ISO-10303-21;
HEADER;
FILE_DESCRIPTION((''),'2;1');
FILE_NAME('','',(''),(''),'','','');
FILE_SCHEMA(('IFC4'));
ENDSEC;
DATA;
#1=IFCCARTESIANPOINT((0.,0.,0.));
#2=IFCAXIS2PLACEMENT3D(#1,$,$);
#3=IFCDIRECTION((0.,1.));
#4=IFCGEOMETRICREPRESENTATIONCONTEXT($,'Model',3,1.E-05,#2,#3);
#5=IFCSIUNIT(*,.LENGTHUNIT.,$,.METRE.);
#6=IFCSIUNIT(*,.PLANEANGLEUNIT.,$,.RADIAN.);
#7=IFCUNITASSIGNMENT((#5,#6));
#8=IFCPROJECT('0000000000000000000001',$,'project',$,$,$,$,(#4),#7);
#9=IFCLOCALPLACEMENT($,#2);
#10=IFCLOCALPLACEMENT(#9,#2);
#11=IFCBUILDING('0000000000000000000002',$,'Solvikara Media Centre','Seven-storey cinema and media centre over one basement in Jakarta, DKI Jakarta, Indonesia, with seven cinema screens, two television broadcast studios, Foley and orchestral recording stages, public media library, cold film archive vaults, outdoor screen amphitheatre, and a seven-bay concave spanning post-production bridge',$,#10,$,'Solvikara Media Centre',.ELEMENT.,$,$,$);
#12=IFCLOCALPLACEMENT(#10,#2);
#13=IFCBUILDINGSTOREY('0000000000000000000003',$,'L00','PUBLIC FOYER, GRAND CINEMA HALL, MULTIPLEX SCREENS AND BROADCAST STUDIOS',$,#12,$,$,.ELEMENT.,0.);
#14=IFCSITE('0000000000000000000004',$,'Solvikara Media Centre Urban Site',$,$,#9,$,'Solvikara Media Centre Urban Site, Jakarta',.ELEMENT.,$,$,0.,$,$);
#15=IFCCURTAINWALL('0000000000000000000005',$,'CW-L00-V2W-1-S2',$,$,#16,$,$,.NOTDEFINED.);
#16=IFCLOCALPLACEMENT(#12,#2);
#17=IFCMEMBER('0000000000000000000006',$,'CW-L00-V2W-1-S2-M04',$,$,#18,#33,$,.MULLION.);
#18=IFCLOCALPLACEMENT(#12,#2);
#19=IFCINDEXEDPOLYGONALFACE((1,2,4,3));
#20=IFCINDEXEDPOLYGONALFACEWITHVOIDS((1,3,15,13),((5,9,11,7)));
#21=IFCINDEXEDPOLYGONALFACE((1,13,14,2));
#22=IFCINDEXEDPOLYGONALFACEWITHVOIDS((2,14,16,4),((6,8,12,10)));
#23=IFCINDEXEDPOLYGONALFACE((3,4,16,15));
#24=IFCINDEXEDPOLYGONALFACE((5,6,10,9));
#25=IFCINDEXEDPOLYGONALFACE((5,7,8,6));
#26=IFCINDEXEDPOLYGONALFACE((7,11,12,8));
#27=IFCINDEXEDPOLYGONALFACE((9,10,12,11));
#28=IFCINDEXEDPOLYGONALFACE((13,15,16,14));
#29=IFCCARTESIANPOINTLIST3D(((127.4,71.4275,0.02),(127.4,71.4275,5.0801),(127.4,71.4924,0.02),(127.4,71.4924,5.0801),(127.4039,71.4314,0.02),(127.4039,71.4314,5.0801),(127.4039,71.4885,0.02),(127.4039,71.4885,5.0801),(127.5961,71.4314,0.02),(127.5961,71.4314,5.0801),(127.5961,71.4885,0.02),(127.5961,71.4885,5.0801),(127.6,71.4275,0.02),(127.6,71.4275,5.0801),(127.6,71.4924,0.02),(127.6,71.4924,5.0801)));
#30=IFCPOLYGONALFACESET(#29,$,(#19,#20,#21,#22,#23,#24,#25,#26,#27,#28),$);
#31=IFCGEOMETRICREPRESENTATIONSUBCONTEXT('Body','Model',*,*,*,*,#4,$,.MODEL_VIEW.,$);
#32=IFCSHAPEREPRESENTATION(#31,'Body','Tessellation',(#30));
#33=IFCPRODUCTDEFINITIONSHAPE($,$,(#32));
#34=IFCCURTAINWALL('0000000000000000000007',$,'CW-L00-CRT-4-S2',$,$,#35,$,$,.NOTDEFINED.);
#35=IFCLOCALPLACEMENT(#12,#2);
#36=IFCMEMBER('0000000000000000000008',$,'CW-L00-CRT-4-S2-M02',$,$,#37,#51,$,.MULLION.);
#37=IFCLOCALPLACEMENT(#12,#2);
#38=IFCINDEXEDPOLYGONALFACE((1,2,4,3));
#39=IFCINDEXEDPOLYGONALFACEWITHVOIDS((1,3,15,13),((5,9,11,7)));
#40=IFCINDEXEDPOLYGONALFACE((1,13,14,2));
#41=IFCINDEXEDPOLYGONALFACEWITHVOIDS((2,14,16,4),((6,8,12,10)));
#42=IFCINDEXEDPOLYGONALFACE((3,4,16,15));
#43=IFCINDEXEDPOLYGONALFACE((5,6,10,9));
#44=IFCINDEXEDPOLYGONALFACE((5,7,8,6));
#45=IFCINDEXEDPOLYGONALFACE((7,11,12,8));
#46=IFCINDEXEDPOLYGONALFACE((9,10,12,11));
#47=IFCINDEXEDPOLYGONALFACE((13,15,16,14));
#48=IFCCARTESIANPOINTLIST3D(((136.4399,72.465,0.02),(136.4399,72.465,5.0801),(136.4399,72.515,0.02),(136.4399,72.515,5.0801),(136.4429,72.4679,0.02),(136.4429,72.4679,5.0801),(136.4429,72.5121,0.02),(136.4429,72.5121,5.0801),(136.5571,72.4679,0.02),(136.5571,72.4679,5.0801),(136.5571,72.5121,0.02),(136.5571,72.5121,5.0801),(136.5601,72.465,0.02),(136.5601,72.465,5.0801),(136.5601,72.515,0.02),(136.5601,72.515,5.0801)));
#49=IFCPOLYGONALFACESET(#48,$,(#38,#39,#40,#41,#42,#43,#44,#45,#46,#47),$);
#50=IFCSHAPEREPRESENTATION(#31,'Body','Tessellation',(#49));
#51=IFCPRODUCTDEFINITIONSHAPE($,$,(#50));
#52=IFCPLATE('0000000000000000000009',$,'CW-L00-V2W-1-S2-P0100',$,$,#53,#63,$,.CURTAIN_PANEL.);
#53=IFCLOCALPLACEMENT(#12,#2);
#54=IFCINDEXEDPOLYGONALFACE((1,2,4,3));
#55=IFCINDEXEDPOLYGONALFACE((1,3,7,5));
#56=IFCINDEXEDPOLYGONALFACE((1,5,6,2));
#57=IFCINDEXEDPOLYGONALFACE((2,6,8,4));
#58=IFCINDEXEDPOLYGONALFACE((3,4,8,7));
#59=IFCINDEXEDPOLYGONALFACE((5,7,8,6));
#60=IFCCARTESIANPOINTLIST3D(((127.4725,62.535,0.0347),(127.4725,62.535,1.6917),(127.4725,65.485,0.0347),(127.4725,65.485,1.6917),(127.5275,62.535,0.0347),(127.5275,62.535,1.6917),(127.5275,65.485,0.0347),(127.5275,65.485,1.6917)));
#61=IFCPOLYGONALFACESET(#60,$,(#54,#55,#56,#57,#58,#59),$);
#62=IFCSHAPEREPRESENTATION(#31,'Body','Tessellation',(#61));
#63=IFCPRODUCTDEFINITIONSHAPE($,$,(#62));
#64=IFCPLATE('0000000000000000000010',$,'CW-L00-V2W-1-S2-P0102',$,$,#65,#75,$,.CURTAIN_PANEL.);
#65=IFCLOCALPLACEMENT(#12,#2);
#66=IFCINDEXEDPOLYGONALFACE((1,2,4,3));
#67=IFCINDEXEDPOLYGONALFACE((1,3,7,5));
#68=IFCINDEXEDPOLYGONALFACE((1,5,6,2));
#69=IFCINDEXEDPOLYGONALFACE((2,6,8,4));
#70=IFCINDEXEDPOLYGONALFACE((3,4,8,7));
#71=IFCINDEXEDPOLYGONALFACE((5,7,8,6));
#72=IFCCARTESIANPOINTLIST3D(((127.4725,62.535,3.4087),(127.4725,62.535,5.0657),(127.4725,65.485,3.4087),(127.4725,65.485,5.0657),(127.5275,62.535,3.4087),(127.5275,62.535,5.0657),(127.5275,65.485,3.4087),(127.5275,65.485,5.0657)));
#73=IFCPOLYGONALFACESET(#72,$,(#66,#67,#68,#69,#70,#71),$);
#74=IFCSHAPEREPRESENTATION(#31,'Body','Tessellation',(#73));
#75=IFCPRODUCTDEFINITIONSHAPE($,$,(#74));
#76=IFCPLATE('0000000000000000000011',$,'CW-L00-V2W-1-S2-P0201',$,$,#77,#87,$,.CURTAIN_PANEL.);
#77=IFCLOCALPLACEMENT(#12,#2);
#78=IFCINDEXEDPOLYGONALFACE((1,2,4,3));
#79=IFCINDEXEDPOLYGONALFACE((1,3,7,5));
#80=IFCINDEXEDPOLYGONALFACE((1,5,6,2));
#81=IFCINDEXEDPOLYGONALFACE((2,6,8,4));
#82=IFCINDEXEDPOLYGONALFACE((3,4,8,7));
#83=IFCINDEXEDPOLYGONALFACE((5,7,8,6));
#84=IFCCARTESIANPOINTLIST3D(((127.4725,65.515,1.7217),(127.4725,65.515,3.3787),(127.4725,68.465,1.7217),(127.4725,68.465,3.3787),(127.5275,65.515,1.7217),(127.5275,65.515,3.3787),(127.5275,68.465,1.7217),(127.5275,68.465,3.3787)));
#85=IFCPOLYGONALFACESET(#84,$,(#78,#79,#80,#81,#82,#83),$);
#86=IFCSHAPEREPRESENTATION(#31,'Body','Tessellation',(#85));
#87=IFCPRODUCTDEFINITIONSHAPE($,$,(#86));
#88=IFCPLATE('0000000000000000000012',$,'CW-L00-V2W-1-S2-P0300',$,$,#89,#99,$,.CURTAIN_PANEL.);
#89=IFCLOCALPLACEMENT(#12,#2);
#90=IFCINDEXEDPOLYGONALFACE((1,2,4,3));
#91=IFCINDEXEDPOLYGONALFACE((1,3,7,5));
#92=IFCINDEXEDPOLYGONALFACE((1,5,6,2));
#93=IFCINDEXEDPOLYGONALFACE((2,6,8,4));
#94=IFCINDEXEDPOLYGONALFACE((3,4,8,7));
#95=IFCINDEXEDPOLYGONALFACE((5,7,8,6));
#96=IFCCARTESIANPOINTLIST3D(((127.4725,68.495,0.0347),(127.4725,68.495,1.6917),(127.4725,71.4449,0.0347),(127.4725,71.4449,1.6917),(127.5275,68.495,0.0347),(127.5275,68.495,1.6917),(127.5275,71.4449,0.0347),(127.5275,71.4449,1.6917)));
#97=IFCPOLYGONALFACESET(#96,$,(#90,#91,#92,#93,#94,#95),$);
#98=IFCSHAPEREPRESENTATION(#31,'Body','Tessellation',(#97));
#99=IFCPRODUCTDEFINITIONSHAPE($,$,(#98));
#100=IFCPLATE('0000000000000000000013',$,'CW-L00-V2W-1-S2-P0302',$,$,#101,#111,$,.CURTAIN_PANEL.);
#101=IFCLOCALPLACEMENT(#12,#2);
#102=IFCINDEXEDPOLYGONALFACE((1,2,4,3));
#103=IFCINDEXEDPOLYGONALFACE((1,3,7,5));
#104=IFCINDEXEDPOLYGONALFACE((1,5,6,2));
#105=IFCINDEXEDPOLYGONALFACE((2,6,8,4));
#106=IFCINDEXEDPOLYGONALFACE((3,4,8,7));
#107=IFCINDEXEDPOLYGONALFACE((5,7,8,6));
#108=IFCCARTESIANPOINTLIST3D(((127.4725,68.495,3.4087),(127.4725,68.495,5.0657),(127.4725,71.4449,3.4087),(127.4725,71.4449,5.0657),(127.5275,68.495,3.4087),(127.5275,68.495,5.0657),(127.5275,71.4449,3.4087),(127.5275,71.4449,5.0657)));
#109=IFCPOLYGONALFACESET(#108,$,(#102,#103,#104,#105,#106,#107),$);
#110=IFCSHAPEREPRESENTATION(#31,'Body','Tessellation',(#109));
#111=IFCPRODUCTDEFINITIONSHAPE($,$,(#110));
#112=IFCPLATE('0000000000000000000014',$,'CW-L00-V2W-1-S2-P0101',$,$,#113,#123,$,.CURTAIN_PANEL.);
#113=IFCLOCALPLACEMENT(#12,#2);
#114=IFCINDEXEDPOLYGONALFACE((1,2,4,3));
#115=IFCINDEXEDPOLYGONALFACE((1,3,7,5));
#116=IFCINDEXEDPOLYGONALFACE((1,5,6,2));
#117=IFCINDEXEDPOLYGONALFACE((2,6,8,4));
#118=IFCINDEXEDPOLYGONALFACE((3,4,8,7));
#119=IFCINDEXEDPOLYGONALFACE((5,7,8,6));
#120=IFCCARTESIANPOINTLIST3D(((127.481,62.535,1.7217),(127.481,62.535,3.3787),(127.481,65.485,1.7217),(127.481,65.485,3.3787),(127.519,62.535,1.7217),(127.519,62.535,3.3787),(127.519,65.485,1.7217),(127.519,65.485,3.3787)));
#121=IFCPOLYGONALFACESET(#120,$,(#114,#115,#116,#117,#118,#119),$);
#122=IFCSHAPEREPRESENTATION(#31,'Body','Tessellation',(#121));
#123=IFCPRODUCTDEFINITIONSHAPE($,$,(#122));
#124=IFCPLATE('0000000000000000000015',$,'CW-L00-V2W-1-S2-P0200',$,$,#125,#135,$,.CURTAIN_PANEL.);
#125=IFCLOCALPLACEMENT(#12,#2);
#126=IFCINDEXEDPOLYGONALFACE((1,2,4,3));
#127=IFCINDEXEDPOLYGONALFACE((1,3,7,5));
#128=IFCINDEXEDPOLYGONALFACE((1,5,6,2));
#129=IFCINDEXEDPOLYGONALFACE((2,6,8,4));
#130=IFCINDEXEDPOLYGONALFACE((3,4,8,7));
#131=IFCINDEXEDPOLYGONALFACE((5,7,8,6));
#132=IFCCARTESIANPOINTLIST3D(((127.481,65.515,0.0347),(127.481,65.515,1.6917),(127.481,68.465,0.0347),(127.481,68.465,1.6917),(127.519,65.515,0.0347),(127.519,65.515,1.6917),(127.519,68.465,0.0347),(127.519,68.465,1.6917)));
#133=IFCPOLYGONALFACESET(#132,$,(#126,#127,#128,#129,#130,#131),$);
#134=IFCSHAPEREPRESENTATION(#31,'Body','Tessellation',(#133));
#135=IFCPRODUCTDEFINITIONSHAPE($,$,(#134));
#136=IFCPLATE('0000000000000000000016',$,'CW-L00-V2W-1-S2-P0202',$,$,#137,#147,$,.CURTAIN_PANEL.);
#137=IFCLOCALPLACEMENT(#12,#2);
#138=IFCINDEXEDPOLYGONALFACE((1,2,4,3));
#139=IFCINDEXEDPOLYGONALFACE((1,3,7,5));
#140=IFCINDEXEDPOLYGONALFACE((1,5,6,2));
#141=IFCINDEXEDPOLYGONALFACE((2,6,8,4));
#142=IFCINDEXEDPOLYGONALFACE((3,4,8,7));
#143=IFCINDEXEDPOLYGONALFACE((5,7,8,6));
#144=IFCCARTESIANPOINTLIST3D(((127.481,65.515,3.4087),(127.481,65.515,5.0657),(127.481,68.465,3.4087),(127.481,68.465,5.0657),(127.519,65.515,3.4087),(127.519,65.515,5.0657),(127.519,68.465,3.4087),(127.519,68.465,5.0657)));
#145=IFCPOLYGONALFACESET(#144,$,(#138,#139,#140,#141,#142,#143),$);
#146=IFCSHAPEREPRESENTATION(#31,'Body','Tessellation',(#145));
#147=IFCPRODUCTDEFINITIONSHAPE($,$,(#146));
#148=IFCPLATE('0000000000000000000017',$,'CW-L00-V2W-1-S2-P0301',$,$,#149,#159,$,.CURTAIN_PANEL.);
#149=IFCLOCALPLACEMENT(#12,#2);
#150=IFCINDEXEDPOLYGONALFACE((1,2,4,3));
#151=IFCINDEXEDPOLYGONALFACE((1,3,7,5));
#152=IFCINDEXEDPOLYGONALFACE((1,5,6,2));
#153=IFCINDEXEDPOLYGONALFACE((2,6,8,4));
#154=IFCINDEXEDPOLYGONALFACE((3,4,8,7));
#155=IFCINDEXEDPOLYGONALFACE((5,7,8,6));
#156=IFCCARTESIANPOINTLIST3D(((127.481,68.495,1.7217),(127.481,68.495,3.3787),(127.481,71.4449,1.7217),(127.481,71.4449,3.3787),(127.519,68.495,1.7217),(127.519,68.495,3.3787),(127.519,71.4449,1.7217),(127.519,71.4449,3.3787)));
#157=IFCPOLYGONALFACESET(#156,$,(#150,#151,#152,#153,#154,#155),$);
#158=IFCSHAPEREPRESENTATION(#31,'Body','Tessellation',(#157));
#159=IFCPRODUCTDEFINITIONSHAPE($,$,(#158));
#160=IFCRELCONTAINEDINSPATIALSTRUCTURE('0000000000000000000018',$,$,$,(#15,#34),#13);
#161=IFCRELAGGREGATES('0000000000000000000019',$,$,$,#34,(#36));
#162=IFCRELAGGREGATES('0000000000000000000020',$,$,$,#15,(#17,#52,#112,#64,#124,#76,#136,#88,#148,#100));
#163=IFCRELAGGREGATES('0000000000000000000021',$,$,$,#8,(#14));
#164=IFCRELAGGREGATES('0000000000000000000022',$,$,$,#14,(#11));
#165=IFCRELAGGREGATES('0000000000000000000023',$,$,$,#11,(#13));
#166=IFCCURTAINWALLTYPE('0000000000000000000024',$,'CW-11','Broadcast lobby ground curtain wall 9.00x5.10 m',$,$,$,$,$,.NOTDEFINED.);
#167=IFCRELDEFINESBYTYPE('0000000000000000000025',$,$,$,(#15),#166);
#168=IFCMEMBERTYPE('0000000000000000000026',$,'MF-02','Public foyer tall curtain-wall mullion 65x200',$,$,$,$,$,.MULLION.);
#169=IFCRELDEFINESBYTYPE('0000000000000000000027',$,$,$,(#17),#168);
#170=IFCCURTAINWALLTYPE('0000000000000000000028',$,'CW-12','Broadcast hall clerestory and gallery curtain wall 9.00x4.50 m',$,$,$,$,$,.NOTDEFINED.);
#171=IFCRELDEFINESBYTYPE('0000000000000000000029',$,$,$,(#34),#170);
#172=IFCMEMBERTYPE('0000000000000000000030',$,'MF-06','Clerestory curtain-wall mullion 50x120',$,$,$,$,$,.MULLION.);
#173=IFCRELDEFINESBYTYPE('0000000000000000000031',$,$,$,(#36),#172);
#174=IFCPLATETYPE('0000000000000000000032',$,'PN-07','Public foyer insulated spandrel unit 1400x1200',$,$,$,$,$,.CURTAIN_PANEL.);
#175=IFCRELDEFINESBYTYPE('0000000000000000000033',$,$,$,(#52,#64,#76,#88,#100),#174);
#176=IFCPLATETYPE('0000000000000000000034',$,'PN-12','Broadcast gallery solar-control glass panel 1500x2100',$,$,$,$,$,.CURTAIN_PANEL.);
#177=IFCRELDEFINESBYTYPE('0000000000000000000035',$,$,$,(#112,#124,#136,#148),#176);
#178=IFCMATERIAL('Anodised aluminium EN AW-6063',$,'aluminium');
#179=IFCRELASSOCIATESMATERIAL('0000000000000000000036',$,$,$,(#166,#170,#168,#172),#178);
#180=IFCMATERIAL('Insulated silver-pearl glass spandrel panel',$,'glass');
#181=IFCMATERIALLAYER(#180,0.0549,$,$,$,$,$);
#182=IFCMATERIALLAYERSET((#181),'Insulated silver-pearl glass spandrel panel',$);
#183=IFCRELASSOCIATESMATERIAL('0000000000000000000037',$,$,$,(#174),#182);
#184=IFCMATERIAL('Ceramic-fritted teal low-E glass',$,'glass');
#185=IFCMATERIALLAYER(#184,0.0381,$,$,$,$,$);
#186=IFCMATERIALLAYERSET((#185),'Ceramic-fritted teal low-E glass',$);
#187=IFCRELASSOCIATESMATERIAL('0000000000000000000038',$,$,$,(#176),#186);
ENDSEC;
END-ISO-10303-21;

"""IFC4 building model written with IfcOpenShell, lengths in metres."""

from ifc_helpers import new_model, si_unit, direction, frame, origin, origin_2d, place, context, subcontext, project, spatial, rectangle, hollow_rectangle, extrude, material, layer, layer_set, material_profile, profile_set, type_object, element, aggregate, save


model = new_model("IFC4")

# Units and contexts
model_context = context("Model", 3, precision=1e-05, world=origin(), true_north=direction((0.0, 1.0)))
body_context = subcontext(model_context, "Body", "Model", "MODEL_VIEW")
ifc_project = project(units=[si_unit("LENGTHUNIT", "METRE"), si_unit("PLANEANGLEUNIT", "RADIAN")], contexts=[model_context])

# Site, building, storey
site_placement = place(None, origin())
site = spatial("IfcSite", under=ifc_project, at=site_placement, Name="Solvikara Media Centre Urban Site", LongName="Solvikara Media Centre Urban Site, Jakarta", CompositionType="ELEMENT", RefElevation=0.0)
building_placement = place(site_placement, origin())
building = spatial("IfcBuilding", under=site, at=building_placement, Name="Solvikara Media Centre", Description="Seven-storey cinema and media centre over one basement in Jakarta, DKI Jakarta, Indonesia, with seven cinema screens, two television broadcast studios, Foley and orchestral recording stages, public media library, cold film archive vaults, outdoor screen amphitheatre, and a seven-bay concave spanning post-production bridge", LongName="Solvikara Media Centre", CompositionType="ELEMENT")
storey_placement = place(building_placement, origin())
storey = spatial("IfcBuildingStorey", under=building, at=storey_placement, Name="L00", Description="PUBLIC FOYER, GRAND CINEMA HALL, MULTIPLEX SCREENS AND BROADCAST STUDIOS", CompositionType="ELEMENT", Elevation=0.0)

# Curtain wall, member
ifc_material_1 = material(Name="Anodised aluminium EN AW-6063", Category="aluminium")
curtain_wall_type_1 = type_object("IfcCurtainWallType", Name="CW-11", Description="Broadcast lobby ground curtain wall 9.00x5.10 m", PredefinedType="NOTDEFINED", material=ifc_material_1)
curtain_wall_1_placement = place(storey_placement, origin())
curtain_wall_1 = element("IfcCurtainWall", 1, at=curtain_wall_1_placement, inside=storey, type_object=curtain_wall_type_1, Name="CW-L00-V2W-1-S2", PredefinedType="NOTDEFINED")
ifc_material_profile_1 = material_profile(ifc_material_1, hollow_rectangle(XDim=0.0649, YDim=0.2, WallThickness=0.0039, at=origin_2d()), Name="ALU-M 65x200x4")
ifc_profile_set_1 = profile_set([ifc_material_profile_1], Name="Anodised aluminium EN AW-6063")
member_type_1 = type_object("IfcMemberType", Name="MF-02", Description="Public foyer tall curtain-wall mullion 65x200", PredefinedType="MULLION", material=ifc_profile_set_1)
member_1_placement = place(storey_placement, frame((127.5, 71.46, 0.02), z_axis=(0.0, 0.0, 1.0), x_axis=(0.0, 1.0, 0.0)))
member_1 = element("IfcMember", 2, at=member_1_placement, type_object=member_type_1, Name="CW-L00-V2W-1-S2-M04", PredefinedType="MULLION", context=body_context, shape_type="SweptSolid", body=[
    extrude(hollow_rectangle(XDim=0.0649, YDim=0.2, WallThickness=0.0039, at=origin_2d()), origin(), (0.0, 0.0, 1.0), 5.0601),
])

# Curtain wall, member
curtain_wall_type_2 = type_object("IfcCurtainWallType", Name="CW-12", Description="Broadcast hall clerestory and gallery curtain wall 9.00x4.50 m", PredefinedType="NOTDEFINED", material=ifc_material_1)
curtain_wall_2_placement = place(storey_placement, origin())
curtain_wall_2 = element("IfcCurtainWall", 3, at=curtain_wall_2_placement, inside=storey, type_object=curtain_wall_type_2, Name="CW-L00-CRT-4-S2", PredefinedType="NOTDEFINED")
ifc_material_profile_2 = material_profile(ifc_material_1, hollow_rectangle(XDim=0.05, YDim=0.1201, WallThickness=0.0029, at=origin_2d()), Name="ALU-M 50x120x3")
ifc_profile_set_2 = profile_set([ifc_material_profile_2], Name="Anodised aluminium EN AW-6063")
member_type_2 = type_object("IfcMemberType", Name="MF-06", Description="Clerestory curtain-wall mullion 50x120", PredefinedType="MULLION", material=ifc_profile_set_2)
member_2_placement = place(storey_placement, frame((136.5, 72.49, 0.02), z_axis=(0.0, 0.0, 1.0), x_axis=(0.0, -1.0, 0.0)))
member_2 = element("IfcMember", 4, at=member_2_placement, type_object=member_type_2, Name="CW-L00-CRT-4-S2-M02", PredefinedType="MULLION", context=body_context, shape_type="SweptSolid", body=[
    extrude(hollow_rectangle(XDim=0.05, YDim=0.1201, WallThickness=0.0029, at=origin_2d()), origin(), (0.0, 0.0, 1.0), 5.0601),
])
aggregate(curtain_wall_2, [member_2])

# Plates
ifc_material_2 = material(Name="Insulated silver-pearl glass spandrel panel", Category="glass")
ifc_layer_1 = layer(ifc_material_2, 0.0549)
ifc_layer_set_1 = layer_set([ifc_layer_1], Name="Insulated silver-pearl glass spandrel panel")
plate_type_1 = type_object("IfcPlateType", Name="PN-07", Description="Public foyer insulated spandrel unit 1400x1200", PredefinedType="CURTAIN_PANEL", material=ifc_layer_set_1)
plate_1_placement = place(storey_placement, frame((127.5, 64.01, 0.0347), z_axis=(0.0, 0.0, 1.0), x_axis=(0.0, 1.0, 0.0)))
plate_1 = element("IfcPlate", 5, at=plate_1_placement, type_object=plate_type_1, Name="CW-L00-V2W-1-S2-P0100", PredefinedType="CURTAIN_PANEL", context=body_context, shape_type="SweptSolid", body=[
    extrude(rectangle(XDim=2.95, YDim=0.0549, at=origin_2d()), origin(), (0.0, 0.0, 1.0), 1.657),
])
plate_2_placement = place(storey_placement, frame((127.5, 64.01, 3.4087), z_axis=(0.0, 0.0, 1.0), x_axis=(0.0, 1.0, 0.0)))
plate_2 = element("IfcPlate", 6, at=plate_2_placement, type_object=plate_type_1, Name="CW-L00-V2W-1-S2-P0102", PredefinedType="CURTAIN_PANEL", context=body_context, shape_type="SweptSolid", body=[
    extrude(rectangle(XDim=2.95, YDim=0.0549, at=origin_2d()), origin(), (0.0, 0.0, 1.0), 1.657),
])
plate_3_placement = place(storey_placement, frame((127.5, 66.99, 1.7217), z_axis=(0.0, 0.0, 1.0), x_axis=(0.0, 1.0, 0.0)))
plate_3 = element("IfcPlate", 7, at=plate_3_placement, type_object=plate_type_1, Name="CW-L00-V2W-1-S2-P0201", PredefinedType="CURTAIN_PANEL", context=body_context, shape_type="SweptSolid", body=[
    extrude(rectangle(XDim=2.95, YDim=0.0549, at=origin_2d()), origin(), (0.0, 0.0, 1.0), 1.657),
])
plate_4_placement = place(storey_placement, frame((127.5, 69.97, 0.0347), z_axis=(0.0, 0.0, 1.0), x_axis=(0.0, 1.0, 0.0)))
plate_4 = element("IfcPlate", 8, at=plate_4_placement, type_object=plate_type_1, Name="CW-L00-V2W-1-S2-P0300", PredefinedType="CURTAIN_PANEL", context=body_context, shape_type="SweptSolid", body=[
    extrude(rectangle(XDim=2.95, YDim=0.0549, at=origin_2d()), origin(), (0.0, 0.0, 1.0), 1.657),
])
plate_5_placement = place(storey_placement, frame((127.5, 69.97, 3.4087), z_axis=(0.0, 0.0, 1.0), x_axis=(0.0, 1.0, 0.0)))
plate_5 = element("IfcPlate", 9, at=plate_5_placement, type_object=plate_type_1, Name="CW-L00-V2W-1-S2-P0302", PredefinedType="CURTAIN_PANEL", context=body_context, shape_type="SweptSolid", body=[
    extrude(rectangle(XDim=2.95, YDim=0.0549, at=origin_2d()), origin(), (0.0, 0.0, 1.0), 1.657),
])
ifc_material_3 = material(Name="Ceramic-fritted teal low-E glass", Category="glass")
ifc_layer_2 = layer(ifc_material_3, 0.0381)
ifc_layer_set_2 = layer_set([ifc_layer_2], Name="Ceramic-fritted teal low-E glass")
plate_type_2 = type_object("IfcPlateType", Name="PN-12", Description="Broadcast gallery solar-control glass panel 1500x2100", PredefinedType="CURTAIN_PANEL", material=ifc_layer_set_2)
plate_6_placement = place(storey_placement, frame((127.5, 64.01, 1.7217), z_axis=(0.0, 0.0, 1.0), x_axis=(0.0, 1.0, 0.0)))
plate_6 = element("IfcPlate", 10, at=plate_6_placement, type_object=plate_type_2, Name="CW-L00-V2W-1-S2-P0101", PredefinedType="CURTAIN_PANEL", context=body_context, shape_type="SweptSolid", body=[
    extrude(rectangle(XDim=2.95, YDim=0.0381, at=origin_2d()), origin(), (0.0, 0.0, 1.0), 1.657),
])
plate_7_placement = place(storey_placement, frame((127.5, 66.99, 0.0347), z_axis=(0.0, 0.0, 1.0), x_axis=(0.0, 1.0, 0.0)))
plate_7 = element("IfcPlate", 11, at=plate_7_placement, type_object=plate_type_2, Name="CW-L00-V2W-1-S2-P0200", PredefinedType="CURTAIN_PANEL", context=body_context, shape_type="SweptSolid", body=[
    extrude(rectangle(XDim=2.95, YDim=0.0381, at=origin_2d()), origin(), (0.0, 0.0, 1.0), 1.657),
])
plate_8_placement = place(storey_placement, frame((127.5, 66.99, 3.4087), z_axis=(0.0, 0.0, 1.0), x_axis=(0.0, 1.0, 0.0)))
plate_8 = element("IfcPlate", 12, at=plate_8_placement, type_object=plate_type_2, Name="CW-L00-V2W-1-S2-P0202", PredefinedType="CURTAIN_PANEL", context=body_context, shape_type="SweptSolid", body=[
    extrude(rectangle(XDim=2.95, YDim=0.0381, at=origin_2d()), origin(), (0.0, 0.0, 1.0), 1.657),
])
plate_9_placement = place(storey_placement, frame((127.5, 69.97, 1.7217), z_axis=(0.0, 0.0, 1.0), x_axis=(0.0, 1.0, 0.0)))
plate_9 = element("IfcPlate", 13, at=plate_9_placement, type_object=plate_type_2, Name="CW-L00-V2W-1-S2-P0301", PredefinedType="CURTAIN_PANEL", context=body_context, shape_type="SweptSolid", body=[
    extrude(rectangle(XDim=2.95, YDim=0.0381, at=origin_2d()), origin(), (0.0, 0.0, 1.0), 1.657),
])
aggregate(curtain_wall_1, [member_1, plate_1, plate_6, plate_2, plate_7, plate_3, plate_8, plate_4, plate_9, plate_5])

save(model, "model.ifc")
